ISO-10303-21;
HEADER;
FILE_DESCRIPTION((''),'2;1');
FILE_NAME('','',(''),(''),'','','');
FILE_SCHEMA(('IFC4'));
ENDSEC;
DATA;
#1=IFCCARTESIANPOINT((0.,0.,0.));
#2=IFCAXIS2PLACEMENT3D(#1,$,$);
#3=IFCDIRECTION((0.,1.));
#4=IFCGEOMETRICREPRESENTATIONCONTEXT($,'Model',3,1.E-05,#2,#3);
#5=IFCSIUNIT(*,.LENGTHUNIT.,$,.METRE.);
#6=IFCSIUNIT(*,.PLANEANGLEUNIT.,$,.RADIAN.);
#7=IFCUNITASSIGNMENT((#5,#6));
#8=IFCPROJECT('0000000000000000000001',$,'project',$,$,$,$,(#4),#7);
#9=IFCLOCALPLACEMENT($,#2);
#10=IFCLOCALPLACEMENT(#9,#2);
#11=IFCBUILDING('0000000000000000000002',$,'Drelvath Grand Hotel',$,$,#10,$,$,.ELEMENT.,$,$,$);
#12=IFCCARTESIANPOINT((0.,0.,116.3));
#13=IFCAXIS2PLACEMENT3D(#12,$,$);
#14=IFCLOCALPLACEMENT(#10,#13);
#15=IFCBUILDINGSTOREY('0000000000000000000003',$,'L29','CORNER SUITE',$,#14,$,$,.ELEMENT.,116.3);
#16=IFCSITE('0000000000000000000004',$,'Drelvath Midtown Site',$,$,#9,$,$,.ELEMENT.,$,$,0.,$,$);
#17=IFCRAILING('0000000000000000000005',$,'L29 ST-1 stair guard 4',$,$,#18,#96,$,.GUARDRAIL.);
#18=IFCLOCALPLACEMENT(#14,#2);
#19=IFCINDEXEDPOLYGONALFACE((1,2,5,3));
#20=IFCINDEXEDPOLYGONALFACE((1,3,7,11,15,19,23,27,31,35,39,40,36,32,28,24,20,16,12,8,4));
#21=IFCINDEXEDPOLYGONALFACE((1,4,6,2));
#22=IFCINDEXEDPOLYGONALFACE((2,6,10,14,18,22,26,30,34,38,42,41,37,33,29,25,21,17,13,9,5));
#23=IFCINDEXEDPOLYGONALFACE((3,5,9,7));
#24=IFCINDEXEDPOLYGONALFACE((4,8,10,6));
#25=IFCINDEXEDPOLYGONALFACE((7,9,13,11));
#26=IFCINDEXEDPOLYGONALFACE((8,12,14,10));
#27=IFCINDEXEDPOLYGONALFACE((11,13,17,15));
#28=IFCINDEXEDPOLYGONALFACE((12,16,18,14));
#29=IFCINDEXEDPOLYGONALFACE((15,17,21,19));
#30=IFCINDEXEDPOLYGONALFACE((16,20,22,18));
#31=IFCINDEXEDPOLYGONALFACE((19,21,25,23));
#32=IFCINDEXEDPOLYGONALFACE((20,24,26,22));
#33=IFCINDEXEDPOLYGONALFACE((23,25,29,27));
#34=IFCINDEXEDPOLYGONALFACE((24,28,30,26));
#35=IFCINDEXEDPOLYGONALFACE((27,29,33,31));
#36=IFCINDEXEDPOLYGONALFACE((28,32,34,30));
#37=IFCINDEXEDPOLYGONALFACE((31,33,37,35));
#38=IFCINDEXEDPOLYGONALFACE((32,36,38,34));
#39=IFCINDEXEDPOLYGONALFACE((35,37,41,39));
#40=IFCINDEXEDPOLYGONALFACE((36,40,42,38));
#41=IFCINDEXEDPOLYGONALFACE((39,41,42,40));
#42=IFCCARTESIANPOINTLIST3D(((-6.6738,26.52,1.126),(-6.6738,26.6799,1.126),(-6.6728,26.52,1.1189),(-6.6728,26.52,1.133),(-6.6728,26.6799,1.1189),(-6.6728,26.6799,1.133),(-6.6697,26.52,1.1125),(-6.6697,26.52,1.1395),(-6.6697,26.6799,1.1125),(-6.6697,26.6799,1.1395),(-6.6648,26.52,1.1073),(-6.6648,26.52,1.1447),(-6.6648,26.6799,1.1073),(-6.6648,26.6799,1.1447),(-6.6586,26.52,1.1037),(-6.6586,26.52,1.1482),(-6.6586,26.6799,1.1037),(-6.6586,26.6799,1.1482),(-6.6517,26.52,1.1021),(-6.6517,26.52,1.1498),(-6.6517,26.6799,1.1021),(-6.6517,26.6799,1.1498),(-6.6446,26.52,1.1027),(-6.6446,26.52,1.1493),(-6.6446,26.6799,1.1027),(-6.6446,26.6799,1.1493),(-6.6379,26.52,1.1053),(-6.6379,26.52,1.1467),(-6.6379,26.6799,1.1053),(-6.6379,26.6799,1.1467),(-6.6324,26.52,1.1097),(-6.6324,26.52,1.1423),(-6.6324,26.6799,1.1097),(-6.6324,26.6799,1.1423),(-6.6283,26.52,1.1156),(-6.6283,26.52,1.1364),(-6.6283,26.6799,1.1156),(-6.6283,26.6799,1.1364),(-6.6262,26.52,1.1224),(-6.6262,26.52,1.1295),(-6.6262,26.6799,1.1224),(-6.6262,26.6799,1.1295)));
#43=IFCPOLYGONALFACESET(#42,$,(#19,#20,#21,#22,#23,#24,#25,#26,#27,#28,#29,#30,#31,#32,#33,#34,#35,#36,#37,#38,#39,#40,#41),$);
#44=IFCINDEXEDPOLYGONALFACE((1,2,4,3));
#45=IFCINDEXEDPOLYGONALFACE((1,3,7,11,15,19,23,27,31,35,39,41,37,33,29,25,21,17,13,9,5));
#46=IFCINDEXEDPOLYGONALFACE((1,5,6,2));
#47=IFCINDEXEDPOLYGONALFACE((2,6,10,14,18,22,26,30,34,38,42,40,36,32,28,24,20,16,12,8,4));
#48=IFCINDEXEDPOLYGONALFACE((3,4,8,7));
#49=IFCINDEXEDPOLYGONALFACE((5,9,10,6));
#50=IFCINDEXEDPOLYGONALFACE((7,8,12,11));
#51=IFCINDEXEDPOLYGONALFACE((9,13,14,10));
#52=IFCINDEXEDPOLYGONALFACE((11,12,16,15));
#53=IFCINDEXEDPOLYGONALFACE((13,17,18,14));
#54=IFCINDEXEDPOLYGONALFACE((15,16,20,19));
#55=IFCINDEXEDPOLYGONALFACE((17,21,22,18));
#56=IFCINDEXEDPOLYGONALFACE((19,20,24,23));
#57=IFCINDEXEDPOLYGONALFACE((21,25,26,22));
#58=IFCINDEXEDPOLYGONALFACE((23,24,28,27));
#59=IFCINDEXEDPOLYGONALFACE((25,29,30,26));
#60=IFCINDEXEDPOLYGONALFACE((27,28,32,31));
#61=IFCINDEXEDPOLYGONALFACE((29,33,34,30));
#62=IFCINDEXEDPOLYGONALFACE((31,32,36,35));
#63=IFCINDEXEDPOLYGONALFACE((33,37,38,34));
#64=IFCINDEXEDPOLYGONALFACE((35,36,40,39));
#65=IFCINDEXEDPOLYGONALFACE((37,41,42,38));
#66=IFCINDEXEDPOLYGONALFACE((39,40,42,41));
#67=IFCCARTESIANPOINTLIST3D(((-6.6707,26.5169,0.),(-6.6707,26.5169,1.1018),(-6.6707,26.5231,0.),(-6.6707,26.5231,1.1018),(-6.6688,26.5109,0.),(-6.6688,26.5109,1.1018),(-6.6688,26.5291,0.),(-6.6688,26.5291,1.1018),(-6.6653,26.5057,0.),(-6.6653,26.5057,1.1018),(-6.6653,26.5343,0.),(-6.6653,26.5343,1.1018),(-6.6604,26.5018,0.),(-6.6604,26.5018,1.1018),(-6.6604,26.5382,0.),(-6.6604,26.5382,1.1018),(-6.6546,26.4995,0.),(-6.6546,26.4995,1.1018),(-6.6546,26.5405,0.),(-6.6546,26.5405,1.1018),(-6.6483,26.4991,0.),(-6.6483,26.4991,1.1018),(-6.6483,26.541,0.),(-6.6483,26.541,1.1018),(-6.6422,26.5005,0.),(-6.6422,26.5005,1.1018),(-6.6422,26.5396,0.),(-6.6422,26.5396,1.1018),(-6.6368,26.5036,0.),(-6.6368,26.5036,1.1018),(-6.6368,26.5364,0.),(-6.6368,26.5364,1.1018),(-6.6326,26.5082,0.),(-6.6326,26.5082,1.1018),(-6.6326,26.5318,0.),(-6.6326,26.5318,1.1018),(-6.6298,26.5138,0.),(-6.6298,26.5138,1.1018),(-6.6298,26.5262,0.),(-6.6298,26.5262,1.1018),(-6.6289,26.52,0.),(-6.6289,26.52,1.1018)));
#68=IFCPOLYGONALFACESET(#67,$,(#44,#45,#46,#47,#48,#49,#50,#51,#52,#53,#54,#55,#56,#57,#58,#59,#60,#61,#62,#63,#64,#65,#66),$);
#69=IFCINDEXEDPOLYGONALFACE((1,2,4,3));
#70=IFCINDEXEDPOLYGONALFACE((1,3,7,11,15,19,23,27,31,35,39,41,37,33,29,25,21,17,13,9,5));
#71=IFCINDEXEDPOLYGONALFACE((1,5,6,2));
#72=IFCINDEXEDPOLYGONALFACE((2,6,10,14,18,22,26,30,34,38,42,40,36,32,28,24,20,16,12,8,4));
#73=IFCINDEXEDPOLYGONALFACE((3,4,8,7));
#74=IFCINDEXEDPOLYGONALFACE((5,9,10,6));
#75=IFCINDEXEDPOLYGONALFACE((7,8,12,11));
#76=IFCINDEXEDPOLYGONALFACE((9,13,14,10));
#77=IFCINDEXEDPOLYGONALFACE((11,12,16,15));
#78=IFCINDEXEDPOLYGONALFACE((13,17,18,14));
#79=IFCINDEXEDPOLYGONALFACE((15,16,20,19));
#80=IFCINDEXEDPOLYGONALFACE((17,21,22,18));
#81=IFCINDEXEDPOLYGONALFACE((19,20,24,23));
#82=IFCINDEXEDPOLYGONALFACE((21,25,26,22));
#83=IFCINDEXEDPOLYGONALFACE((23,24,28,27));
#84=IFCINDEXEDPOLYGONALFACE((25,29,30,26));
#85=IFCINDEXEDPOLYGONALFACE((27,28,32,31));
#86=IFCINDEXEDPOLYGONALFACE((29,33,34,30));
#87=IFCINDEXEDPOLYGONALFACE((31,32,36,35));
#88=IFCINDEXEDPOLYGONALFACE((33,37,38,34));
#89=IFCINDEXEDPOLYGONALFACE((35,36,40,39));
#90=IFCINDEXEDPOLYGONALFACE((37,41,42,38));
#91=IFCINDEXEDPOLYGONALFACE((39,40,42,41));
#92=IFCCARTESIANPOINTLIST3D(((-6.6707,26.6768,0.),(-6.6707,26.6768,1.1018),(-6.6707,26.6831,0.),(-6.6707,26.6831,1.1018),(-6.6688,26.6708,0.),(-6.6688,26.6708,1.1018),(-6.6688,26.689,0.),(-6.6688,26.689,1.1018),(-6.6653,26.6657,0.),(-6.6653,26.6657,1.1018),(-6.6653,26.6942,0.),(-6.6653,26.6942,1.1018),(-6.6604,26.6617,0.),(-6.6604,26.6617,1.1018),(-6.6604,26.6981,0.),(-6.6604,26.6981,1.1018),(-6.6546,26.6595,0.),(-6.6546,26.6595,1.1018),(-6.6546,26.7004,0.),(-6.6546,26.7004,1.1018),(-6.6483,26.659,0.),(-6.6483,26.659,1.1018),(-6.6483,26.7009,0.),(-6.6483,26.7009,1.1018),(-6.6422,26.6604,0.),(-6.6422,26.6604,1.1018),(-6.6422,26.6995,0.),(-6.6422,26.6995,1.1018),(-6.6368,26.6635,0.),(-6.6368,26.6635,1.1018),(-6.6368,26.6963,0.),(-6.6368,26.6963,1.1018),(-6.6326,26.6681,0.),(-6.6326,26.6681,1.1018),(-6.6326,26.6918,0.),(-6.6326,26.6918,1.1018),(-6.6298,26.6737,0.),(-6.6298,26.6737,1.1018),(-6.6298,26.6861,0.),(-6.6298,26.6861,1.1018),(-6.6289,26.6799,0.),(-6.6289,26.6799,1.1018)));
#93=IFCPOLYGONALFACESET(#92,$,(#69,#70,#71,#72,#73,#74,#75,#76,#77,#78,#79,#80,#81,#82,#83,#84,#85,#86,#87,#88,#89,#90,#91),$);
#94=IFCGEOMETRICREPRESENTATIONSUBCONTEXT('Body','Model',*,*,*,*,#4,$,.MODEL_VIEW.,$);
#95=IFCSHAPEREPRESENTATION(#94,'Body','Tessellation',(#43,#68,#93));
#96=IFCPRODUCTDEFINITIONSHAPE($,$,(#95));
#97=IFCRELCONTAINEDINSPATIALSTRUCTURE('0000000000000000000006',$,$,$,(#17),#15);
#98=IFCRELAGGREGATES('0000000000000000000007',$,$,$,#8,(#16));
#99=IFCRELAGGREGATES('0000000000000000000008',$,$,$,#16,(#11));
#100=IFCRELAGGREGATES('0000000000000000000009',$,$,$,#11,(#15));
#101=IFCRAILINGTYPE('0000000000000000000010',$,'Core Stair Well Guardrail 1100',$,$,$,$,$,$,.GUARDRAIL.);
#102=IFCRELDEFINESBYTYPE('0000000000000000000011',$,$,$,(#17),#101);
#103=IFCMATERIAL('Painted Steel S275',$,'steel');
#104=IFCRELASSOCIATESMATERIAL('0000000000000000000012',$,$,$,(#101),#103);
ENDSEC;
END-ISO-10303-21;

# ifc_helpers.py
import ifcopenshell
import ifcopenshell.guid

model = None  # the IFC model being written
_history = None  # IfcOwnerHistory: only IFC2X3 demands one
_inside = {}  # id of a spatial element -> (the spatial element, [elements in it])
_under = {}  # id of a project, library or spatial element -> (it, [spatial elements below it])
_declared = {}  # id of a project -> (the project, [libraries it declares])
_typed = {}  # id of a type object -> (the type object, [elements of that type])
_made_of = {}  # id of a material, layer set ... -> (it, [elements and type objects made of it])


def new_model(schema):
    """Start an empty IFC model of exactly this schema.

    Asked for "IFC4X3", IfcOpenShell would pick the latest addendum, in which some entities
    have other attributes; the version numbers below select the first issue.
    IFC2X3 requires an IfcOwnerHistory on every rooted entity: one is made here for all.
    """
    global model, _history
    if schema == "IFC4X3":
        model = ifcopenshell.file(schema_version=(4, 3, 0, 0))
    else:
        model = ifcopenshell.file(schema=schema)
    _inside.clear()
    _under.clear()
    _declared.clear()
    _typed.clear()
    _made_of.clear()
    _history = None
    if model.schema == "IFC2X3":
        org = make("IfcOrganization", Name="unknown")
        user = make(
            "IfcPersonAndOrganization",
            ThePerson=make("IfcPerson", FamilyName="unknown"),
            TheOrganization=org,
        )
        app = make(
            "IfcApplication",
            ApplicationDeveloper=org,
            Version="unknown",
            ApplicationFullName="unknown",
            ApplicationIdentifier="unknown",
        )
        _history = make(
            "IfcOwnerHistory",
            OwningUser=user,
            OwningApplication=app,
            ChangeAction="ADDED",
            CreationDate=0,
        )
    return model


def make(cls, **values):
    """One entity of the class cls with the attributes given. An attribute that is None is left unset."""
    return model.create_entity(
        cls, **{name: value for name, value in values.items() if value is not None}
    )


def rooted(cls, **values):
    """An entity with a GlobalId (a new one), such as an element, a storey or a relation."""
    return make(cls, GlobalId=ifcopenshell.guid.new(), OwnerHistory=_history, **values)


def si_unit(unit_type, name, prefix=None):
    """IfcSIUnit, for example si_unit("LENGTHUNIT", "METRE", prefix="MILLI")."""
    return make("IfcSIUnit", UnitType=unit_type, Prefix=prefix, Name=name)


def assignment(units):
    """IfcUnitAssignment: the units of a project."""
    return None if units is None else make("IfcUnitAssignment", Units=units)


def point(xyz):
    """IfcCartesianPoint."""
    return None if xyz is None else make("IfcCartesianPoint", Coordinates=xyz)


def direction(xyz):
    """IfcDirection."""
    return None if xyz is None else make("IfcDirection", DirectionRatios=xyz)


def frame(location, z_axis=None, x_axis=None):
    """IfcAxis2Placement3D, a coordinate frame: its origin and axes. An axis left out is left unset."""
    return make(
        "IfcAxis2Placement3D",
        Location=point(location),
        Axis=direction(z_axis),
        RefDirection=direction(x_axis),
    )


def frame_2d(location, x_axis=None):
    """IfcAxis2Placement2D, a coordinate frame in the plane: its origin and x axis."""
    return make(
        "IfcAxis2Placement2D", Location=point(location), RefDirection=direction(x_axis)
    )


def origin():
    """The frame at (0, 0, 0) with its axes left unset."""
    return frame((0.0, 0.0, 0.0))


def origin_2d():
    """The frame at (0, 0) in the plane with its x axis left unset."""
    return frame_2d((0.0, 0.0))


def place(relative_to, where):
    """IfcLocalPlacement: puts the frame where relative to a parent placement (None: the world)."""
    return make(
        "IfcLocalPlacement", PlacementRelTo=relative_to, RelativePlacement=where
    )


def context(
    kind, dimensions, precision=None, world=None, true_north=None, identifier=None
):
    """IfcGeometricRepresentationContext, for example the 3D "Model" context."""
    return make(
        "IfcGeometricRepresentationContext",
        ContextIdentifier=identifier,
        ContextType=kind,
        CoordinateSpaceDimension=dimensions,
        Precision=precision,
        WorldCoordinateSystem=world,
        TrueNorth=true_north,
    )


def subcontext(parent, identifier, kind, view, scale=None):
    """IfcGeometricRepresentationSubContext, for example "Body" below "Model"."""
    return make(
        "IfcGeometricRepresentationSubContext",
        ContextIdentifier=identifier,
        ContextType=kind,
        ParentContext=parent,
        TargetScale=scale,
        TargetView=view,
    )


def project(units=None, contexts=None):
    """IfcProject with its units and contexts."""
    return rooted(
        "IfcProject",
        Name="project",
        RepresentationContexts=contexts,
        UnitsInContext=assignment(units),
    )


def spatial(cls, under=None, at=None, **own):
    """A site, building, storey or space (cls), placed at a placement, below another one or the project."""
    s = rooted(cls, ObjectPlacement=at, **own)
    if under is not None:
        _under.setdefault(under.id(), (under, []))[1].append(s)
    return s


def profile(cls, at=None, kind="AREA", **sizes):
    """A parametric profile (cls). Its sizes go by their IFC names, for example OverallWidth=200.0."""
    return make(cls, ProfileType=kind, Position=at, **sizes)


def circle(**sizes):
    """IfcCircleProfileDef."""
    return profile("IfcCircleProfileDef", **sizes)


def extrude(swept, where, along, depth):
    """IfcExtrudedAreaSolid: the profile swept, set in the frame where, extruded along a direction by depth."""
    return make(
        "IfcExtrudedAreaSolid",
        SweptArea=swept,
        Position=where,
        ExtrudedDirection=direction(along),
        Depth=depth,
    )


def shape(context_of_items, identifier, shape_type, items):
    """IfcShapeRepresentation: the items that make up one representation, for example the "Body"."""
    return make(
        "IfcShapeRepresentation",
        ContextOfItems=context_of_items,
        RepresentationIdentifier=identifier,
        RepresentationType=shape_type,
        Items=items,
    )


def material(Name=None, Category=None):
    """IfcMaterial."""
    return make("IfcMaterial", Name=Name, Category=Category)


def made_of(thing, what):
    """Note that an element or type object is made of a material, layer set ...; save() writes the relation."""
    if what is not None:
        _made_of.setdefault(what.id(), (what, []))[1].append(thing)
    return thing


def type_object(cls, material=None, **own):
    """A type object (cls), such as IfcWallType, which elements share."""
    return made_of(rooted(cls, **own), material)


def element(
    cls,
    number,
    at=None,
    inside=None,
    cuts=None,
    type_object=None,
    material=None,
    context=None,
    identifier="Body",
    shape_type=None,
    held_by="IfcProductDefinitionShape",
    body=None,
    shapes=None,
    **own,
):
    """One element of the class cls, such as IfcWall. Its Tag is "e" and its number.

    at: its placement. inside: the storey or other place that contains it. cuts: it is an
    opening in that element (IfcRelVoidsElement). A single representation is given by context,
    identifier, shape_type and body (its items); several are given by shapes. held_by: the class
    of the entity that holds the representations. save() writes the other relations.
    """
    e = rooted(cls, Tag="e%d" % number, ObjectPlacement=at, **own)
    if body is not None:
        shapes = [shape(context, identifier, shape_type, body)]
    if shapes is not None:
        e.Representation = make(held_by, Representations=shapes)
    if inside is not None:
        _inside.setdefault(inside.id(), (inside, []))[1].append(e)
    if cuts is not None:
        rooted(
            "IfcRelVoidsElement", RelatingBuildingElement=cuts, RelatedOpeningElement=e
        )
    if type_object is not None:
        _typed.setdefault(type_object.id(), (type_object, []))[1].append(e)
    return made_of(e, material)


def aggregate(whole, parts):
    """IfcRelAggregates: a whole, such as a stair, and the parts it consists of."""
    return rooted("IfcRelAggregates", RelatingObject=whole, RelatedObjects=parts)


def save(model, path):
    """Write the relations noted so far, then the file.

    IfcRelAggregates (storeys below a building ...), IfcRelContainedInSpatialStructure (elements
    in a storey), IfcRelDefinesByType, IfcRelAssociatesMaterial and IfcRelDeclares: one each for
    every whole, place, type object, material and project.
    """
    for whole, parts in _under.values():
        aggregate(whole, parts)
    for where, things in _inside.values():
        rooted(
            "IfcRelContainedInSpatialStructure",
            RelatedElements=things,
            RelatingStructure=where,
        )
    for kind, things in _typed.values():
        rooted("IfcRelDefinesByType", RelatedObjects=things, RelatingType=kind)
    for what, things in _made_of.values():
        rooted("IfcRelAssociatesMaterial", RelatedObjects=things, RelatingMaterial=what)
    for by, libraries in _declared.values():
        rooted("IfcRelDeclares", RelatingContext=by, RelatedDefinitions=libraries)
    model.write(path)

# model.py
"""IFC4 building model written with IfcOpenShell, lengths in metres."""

from ifc_helpers import new_model, si_unit, direction, frame, origin, origin_2d, place, context, subcontext, project, spatial, circle, extrude, material, type_object, element, save


model = new_model("IFC4")

# Units and contexts
model_context = context("Model", 3, precision=1e-05, world=origin(), true_north=direction((0.0, 1.0)))
body_context = subcontext(model_context, "Body", "Model", "MODEL_VIEW")
ifc_project = project(units=[si_unit("LENGTHUNIT", "METRE"), si_unit("PLANEANGLEUNIT", "RADIAN")], contexts=[model_context])

# Site, building, storey
site_placement = place(None, origin())
site = spatial("IfcSite", under=ifc_project, at=site_placement, Name="Drelvath Midtown Site", CompositionType="ELEMENT", RefElevation=0.0)
building_placement = place(site_placement, origin())
building = spatial("IfcBuilding", under=site, at=building_placement, Name="Drelvath Grand Hotel", CompositionType="ELEMENT")
storey_placement = place(building_placement, frame((0.0, 0.0, 116.3)))
storey = spatial("IfcBuildingStorey", under=building, at=storey_placement, Name="L29", Description="CORNER SUITE", CompositionType="ELEMENT", Elevation=116.3)

# Shared definitions
ifc_material_1 = material(Name="Painted Steel S275", Category="steel")

# Railing
railing_type_1 = type_object("IfcRailingType", Name="Core Stair Well Guardrail 1100", PredefinedType="GUARDRAIL", material=ifc_material_1)
railing_1_placement = place(storey_placement, frame((-6.6499, 26.52, 0.0)))
element("IfcRailing", 1, at=railing_1_placement, inside=storey, type_object=railing_type_1, Name="L29 ST-1 stair guard 4", PredefinedType="GUARDRAIL", context=body_context, shape_type="SweptSolid", body=[
    extrude(circle(Radius=0.0239, at=origin_2d()), frame((0.0, 0.0, 1.126), z_axis=(0.0, 1.0, 0.0), x_axis=(-1.0, 0.0, 0.0)), (0.0, 0.0, 1.0), 0.1599),
    extrude(circle(Radius=0.021, at=origin_2d()), origin(), (0.0, 0.0, 1.0), 1.1018),
    extrude(circle(Radius=0.021, at=origin_2d()), frame((0.0, 0.1599, 0.0)), (0.0, 0.0, 1.0), 1.1018),
])

save(model, "model.ifc")
